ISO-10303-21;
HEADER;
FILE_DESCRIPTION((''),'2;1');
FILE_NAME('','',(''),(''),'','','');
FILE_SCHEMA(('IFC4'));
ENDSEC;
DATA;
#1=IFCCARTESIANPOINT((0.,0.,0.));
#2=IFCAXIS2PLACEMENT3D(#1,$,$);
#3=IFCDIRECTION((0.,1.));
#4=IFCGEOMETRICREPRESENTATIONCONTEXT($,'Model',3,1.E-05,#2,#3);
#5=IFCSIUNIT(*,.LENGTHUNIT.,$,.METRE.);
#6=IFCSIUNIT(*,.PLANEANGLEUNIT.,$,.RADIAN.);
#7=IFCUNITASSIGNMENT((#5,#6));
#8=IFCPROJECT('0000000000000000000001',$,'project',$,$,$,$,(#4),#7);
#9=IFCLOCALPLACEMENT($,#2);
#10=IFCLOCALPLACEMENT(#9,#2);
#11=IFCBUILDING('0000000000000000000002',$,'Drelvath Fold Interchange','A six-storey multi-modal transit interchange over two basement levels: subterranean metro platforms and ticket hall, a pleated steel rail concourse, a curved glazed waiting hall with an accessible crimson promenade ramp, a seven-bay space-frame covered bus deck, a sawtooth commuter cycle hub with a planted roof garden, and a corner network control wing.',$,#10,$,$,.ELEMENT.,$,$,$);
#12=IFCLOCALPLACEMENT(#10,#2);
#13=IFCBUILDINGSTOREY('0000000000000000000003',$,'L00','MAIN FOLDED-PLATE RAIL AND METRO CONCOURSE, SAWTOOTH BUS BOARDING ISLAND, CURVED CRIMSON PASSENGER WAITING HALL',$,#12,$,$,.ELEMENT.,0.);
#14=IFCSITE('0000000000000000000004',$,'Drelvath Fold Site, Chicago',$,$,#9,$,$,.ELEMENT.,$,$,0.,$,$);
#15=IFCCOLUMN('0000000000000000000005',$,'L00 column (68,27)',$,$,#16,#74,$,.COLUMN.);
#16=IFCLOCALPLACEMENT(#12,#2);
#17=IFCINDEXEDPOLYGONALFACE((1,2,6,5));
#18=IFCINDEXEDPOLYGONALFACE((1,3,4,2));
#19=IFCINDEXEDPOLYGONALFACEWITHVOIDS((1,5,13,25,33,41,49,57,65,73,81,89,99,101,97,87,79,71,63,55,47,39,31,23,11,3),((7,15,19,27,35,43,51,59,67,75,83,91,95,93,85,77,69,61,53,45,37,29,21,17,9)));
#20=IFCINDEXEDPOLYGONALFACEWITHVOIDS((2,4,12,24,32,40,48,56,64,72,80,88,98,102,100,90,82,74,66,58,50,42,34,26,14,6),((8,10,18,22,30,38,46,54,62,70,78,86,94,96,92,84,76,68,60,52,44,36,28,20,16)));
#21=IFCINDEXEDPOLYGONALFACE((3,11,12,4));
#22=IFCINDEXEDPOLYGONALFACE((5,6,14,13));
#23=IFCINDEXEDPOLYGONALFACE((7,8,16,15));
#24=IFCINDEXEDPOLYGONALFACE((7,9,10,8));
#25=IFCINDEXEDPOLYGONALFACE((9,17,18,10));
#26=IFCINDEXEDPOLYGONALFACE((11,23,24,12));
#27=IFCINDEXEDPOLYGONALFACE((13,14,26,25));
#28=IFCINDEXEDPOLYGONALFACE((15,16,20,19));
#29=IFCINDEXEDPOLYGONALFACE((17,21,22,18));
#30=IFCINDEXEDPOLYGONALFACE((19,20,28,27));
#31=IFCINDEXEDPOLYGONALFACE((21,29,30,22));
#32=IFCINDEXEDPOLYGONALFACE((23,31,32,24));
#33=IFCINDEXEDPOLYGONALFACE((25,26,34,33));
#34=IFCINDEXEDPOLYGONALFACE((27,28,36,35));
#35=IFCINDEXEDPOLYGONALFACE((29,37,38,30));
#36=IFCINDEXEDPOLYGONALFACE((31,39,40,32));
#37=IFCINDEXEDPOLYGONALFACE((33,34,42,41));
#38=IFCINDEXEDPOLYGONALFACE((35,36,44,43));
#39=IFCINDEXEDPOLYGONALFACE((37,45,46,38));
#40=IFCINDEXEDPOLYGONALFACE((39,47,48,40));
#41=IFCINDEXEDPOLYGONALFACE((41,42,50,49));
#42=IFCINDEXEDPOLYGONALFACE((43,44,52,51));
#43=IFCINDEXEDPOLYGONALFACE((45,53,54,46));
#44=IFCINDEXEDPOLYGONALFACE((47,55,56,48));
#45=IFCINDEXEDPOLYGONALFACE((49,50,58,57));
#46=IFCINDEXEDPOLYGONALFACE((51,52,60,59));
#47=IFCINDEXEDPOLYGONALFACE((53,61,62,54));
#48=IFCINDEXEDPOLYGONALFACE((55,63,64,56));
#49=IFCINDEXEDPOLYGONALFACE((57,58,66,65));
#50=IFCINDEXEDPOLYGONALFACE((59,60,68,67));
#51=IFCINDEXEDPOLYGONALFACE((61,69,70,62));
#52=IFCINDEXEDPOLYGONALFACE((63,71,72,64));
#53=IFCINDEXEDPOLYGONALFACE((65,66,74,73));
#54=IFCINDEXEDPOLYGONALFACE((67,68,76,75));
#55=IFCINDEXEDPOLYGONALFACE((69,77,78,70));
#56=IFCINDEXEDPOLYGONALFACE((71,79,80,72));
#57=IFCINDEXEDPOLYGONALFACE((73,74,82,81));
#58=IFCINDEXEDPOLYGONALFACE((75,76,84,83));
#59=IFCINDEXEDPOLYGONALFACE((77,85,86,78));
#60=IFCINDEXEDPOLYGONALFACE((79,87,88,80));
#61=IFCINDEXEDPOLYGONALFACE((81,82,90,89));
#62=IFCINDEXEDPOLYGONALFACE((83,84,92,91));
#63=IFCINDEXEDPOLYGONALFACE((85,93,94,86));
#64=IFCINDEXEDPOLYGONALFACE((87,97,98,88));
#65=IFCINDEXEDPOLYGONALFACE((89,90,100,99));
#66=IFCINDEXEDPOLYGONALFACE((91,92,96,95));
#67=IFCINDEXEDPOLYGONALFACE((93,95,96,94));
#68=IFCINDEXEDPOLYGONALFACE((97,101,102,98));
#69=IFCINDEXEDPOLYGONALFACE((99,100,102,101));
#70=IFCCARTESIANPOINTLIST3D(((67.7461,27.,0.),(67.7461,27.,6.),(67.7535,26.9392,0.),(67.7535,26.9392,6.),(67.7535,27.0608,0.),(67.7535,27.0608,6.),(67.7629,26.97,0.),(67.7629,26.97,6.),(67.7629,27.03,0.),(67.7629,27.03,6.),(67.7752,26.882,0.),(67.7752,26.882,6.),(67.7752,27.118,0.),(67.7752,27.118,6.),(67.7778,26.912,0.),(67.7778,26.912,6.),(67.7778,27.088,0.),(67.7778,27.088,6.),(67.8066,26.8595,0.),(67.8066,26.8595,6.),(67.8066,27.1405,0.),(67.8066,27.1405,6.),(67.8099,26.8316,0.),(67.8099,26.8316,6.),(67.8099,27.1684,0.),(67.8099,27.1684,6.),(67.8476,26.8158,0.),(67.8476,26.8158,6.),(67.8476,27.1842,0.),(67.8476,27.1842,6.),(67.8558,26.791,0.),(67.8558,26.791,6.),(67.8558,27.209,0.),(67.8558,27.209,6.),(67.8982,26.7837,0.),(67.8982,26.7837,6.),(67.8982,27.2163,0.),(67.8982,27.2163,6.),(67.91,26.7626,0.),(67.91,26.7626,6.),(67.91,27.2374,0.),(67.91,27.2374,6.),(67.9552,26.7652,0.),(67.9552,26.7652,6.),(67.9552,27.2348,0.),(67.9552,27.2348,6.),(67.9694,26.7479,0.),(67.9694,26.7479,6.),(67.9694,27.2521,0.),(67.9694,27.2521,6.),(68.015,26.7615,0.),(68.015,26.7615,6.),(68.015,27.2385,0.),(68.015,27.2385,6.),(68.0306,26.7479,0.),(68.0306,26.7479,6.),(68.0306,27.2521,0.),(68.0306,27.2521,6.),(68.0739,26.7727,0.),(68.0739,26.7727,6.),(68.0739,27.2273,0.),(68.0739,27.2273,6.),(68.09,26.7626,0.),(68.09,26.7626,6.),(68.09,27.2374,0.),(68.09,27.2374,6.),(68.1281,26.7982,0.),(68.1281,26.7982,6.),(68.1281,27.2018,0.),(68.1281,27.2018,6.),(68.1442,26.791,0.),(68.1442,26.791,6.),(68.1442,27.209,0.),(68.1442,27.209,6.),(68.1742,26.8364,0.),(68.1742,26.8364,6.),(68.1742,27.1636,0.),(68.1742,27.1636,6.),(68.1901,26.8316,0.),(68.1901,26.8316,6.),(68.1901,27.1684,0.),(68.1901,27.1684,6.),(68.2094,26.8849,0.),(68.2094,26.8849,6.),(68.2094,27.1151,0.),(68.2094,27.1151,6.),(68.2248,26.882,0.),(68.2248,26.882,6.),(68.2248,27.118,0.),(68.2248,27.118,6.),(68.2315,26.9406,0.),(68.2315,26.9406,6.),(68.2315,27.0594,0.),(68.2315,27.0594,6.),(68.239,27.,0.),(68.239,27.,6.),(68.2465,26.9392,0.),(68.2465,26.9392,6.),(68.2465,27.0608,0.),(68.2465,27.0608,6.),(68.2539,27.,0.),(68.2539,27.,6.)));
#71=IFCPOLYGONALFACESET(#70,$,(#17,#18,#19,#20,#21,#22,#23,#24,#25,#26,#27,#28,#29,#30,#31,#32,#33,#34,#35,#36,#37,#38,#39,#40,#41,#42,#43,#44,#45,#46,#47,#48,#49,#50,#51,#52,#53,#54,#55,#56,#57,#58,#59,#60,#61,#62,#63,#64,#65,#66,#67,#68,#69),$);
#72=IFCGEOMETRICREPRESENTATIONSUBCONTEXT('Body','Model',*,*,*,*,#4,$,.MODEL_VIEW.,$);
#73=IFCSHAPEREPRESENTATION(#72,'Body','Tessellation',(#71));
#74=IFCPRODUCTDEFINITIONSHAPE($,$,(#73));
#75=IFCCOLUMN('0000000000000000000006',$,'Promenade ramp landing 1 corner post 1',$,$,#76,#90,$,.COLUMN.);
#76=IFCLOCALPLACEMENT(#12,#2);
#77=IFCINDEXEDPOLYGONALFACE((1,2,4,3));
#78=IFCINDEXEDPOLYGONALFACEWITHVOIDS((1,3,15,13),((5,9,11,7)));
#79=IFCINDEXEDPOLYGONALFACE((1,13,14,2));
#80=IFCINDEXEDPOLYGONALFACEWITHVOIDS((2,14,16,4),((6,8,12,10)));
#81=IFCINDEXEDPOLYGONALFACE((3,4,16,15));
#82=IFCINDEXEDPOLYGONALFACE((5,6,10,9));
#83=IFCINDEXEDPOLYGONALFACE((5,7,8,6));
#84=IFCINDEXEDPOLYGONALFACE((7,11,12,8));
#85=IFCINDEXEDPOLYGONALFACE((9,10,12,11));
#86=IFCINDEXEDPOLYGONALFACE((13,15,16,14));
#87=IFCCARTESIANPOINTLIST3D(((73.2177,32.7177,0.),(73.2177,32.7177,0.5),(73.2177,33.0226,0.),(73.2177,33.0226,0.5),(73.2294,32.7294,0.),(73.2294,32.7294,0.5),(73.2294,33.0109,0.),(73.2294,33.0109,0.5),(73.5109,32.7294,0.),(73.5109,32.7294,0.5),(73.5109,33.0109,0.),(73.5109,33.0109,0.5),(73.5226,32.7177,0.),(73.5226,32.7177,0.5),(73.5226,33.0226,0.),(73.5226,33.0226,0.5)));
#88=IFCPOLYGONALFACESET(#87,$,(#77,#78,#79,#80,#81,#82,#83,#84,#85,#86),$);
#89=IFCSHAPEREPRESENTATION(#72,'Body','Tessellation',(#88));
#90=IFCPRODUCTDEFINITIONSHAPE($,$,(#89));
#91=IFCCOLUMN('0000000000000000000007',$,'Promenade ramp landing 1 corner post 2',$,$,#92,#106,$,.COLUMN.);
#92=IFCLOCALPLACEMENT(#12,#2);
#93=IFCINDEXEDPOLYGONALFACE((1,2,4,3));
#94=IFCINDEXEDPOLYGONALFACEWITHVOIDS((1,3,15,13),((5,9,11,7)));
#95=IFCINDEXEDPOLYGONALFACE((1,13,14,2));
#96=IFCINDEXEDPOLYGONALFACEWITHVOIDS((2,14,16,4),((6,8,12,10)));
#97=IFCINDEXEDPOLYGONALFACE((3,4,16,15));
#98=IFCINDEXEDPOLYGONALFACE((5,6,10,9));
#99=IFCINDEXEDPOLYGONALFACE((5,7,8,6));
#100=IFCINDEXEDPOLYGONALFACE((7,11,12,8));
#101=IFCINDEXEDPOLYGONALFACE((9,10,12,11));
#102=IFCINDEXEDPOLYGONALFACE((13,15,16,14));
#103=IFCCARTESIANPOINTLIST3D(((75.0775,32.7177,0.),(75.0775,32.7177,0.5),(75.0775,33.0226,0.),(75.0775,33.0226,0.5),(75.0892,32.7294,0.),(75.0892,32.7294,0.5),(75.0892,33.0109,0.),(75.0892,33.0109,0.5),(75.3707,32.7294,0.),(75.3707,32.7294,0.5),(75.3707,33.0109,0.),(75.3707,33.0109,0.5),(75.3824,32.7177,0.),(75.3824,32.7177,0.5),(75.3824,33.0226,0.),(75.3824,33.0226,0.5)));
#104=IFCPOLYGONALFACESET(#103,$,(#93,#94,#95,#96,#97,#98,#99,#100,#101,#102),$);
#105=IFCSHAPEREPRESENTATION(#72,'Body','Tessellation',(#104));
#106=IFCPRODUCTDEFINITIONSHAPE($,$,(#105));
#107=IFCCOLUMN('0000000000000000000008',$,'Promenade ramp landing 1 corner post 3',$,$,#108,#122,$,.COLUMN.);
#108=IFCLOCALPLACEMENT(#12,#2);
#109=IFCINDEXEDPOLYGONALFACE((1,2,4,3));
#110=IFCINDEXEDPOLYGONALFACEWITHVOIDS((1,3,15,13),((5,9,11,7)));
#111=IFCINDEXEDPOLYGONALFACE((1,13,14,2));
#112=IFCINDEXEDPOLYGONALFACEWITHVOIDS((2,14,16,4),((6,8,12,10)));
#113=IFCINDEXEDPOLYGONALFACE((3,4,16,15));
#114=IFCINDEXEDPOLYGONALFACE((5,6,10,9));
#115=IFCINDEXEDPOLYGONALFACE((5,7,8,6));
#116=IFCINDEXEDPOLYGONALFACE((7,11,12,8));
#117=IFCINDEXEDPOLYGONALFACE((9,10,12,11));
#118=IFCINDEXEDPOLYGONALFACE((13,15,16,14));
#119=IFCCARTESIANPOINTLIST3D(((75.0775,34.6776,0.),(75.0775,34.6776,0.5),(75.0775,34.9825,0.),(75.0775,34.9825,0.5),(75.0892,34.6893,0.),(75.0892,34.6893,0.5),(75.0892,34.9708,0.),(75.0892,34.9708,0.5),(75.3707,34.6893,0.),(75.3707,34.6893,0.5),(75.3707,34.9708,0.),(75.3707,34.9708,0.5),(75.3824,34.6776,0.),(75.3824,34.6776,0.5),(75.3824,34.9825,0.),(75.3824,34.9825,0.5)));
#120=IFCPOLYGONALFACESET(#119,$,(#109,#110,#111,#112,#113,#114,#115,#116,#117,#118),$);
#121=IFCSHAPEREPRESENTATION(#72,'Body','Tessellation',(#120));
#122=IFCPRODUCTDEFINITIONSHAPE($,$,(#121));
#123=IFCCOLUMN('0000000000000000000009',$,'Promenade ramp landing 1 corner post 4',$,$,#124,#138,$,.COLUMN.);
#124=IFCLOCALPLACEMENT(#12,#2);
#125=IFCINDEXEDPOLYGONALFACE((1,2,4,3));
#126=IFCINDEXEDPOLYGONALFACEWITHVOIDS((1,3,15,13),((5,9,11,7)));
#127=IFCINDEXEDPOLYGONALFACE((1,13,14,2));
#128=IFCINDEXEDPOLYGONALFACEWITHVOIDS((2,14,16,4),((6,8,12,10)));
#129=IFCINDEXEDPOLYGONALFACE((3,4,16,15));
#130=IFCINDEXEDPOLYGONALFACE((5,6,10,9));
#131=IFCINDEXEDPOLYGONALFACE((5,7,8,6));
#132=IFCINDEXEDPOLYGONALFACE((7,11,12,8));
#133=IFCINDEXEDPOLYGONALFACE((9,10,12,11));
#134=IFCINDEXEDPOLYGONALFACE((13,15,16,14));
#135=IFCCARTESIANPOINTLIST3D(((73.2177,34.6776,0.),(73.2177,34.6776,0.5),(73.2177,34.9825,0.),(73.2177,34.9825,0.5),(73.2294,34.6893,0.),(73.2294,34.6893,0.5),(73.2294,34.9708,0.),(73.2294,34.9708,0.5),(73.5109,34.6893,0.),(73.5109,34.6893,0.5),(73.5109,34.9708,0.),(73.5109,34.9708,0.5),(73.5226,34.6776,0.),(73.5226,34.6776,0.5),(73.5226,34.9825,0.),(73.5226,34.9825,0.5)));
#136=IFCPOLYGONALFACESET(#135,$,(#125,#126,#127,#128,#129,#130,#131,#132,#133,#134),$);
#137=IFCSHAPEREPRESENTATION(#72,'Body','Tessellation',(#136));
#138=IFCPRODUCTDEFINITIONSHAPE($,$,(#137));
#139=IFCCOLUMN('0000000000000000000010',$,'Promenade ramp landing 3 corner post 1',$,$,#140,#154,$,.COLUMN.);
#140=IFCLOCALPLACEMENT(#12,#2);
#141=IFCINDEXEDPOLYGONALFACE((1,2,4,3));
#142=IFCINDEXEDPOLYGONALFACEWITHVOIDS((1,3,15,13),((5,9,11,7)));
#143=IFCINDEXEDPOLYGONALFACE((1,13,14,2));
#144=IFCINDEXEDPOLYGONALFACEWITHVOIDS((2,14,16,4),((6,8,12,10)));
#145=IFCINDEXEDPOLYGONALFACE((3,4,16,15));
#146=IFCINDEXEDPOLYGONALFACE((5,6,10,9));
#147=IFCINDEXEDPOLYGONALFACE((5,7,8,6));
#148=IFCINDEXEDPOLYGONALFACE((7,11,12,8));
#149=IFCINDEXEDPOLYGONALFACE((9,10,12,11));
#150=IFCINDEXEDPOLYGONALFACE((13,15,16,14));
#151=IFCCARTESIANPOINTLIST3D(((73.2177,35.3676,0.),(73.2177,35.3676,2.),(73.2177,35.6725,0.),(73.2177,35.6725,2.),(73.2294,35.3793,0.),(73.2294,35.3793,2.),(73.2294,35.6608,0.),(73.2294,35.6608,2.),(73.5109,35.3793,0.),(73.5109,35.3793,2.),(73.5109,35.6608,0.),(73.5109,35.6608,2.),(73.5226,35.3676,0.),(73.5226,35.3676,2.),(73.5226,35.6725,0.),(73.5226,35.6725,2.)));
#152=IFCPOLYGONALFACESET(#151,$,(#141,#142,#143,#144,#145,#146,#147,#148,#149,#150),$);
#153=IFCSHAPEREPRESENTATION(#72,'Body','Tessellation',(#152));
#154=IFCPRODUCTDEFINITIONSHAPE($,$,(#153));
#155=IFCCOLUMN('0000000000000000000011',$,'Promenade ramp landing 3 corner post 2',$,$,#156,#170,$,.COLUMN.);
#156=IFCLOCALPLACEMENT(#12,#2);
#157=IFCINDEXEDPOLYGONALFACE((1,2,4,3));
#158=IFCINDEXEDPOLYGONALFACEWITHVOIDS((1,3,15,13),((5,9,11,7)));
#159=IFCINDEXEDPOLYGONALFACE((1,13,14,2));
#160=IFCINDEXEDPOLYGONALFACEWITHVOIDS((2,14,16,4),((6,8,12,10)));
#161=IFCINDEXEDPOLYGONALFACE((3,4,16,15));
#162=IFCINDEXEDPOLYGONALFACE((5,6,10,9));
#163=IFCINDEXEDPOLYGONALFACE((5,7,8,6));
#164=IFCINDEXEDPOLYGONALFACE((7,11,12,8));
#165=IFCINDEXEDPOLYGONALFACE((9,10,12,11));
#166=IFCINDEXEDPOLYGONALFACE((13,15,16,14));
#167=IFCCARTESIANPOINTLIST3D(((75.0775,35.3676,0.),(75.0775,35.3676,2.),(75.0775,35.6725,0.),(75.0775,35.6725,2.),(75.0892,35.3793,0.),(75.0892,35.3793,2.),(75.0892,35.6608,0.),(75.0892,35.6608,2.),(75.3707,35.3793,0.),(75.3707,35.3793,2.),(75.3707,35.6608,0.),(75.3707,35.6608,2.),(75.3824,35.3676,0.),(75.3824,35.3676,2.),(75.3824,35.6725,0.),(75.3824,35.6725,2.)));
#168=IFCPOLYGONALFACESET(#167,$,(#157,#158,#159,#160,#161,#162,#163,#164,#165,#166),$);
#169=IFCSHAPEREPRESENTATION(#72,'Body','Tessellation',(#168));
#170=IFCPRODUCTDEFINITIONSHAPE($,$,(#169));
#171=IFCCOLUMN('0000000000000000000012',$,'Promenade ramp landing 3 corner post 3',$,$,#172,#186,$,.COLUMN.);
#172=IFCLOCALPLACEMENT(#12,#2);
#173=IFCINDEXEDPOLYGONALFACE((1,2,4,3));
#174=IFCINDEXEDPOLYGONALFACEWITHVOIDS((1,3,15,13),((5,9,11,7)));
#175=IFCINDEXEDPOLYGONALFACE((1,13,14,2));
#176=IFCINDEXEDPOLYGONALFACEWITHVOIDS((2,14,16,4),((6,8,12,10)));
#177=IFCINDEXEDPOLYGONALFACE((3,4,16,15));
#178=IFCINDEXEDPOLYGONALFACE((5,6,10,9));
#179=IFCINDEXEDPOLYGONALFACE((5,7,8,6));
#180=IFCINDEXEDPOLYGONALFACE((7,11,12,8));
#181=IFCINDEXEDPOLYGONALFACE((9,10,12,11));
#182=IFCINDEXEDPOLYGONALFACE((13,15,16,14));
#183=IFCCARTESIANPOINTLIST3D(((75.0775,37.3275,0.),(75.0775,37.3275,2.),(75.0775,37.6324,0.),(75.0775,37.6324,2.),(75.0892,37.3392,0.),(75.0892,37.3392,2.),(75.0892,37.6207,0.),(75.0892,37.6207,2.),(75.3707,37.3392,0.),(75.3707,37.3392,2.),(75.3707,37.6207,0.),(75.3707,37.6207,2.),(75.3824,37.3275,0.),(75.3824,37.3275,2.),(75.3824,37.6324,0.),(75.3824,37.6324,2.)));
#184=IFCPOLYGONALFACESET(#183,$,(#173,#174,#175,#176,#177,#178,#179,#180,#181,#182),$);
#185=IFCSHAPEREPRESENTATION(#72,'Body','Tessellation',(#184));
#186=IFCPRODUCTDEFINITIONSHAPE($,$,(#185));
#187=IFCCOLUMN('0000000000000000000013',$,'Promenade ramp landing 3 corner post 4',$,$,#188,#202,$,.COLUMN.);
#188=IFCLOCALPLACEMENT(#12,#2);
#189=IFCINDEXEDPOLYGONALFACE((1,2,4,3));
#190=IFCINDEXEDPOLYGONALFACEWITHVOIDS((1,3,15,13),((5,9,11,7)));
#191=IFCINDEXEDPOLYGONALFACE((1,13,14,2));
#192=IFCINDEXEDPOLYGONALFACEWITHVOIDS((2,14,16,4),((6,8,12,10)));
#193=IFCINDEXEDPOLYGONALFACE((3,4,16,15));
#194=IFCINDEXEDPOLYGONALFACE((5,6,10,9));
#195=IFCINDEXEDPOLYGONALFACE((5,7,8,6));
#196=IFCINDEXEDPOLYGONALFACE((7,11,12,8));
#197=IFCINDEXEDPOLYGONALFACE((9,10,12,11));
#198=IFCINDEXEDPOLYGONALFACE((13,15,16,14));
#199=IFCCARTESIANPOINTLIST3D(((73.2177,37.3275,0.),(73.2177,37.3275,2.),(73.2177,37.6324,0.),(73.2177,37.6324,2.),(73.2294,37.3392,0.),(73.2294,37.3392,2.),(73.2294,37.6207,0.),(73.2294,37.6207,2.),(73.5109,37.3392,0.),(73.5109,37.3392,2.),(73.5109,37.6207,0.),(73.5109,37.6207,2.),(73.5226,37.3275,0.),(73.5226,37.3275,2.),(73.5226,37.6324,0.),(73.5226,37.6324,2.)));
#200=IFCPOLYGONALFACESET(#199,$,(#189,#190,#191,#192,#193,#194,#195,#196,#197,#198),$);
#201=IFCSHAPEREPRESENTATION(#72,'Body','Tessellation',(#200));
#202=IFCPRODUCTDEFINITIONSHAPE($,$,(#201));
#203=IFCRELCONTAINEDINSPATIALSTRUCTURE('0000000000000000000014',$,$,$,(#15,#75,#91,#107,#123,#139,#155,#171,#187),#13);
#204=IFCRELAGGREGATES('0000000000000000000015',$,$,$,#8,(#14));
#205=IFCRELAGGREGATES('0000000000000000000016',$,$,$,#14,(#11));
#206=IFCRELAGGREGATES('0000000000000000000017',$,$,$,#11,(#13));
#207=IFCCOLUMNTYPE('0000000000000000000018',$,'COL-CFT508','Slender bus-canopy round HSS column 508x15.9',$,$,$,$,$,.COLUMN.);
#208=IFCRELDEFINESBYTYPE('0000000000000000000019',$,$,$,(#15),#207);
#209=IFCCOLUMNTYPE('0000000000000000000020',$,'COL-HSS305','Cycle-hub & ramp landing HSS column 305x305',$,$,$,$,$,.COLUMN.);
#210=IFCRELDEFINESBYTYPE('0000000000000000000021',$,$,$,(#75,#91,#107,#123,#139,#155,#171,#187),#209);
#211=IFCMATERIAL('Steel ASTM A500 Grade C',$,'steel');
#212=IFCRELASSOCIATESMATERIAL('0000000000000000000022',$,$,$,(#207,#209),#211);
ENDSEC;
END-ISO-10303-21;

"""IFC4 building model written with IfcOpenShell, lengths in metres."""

from ifc_helpers import new_model, si_unit, direction, frame, origin, origin_2d, place, context, subcontext, project, spatial, hollow_rectangle, hollow_circle, extrude, material, material_profile, profile_set, type_object, element, save


model = new_model("IFC4")

# Units and contexts
model_context = context("Model", 3, precision=1e-05, world=origin(), true_north=direction((0.0, 1.0)))
body_context = subcontext(model_context, "Body", "Model", "MODEL_VIEW")
ifc_project = project(units=[si_unit("LENGTHUNIT", "METRE"), si_unit("PLANEANGLEUNIT", "RADIAN")], contexts=[model_context])

# Site, building, storey
site_placement = place(None, origin())
site = spatial("IfcSite", under=ifc_project, at=site_placement, Name="Drelvath Fold Site, Chicago", CompositionType="ELEMENT", RefElevation=0.0)
building_placement = place(site_placement, origin())
building = spatial("IfcBuilding", under=site, at=building_placement, Name="Drelvath Fold Interchange", Description="A six-storey multi-modal transit interchange over two basement levels: subterranean metro platforms and ticket hall, a pleated steel rail concourse, a curved glazed waiting hall with an accessible crimson promenade ramp, a seven-bay space-frame covered bus deck, a sawtooth commuter cycle hub with a planted roof garden, and a corner network control wing.", CompositionType="ELEMENT")
storey_placement = place(building_placement, origin())
storey = spatial("IfcBuildingStorey", under=building, at=storey_placement, Name="L00", Description="MAIN FOLDED-PLATE RAIL AND METRO CONCOURSE, SAWTOOTH BUS BOARDING ISLAND, CURVED CRIMSON PASSENGER WAITING HALL", CompositionType="ELEMENT", Elevation=0.0)

# Columns
ifc_material_1 = material(Name="Steel ASTM A500 Grade C", Category="steel")
ifc_material_profile_1 = material_profile(ifc_material_1, hollow_circle(Radius=0.2539, WallThickness=0.0149, at=origin_2d()), Name="HSS20.000X0.625")
ifc_profile_set_1 = profile_set([ifc_material_profile_1], Name="Steel ASTM A500 Grade C")
column_type_1 = type_object("IfcColumnType", Name="COL-CFT508", Description="Slender bus-canopy round HSS column 508x15.9", PredefinedType="COLUMN", material=ifc_profile_set_1)
column_placement = place(storey_placement, frame((68.0, 27.0, 0.0), z_axis=(0.0, 0.0, 1.0), x_axis=(1.0, 0.0, 0.0)))
element("IfcColumn", 1, at=column_placement, inside=storey, type_object=column_type_1, Name="L00 column (68,27)", PredefinedType="COLUMN", context=body_context, shape_type="SweptSolid", body=[
    extrude(hollow_circle(Radius=0.2539, WallThickness=0.0149, at=origin_2d()), origin(), (0.0, 0.0, 1.0), 6.0),
])
ifc_material_profile_2 = material_profile(ifc_material_1, hollow_rectangle(XDim=0.3049, YDim=0.3049, WallThickness=0.0117, at=origin_2d()), Name="HSS12X12X1/2")
ifc_profile_set_2 = profile_set([ifc_material_profile_2], Name="Steel ASTM A500 Grade C")
column_type_2 = type_object("IfcColumnType", Name="COL-HSS305", Description="Cycle-hub & ramp landing HSS column 305x305", PredefinedType="COLUMN", material=ifc_profile_set_2)
for number, where, z_axis, x_axis, name in (
    (2, (73.3701, 32.8701, 0.0), (0.0, 0.0, 1.0), (1.0, 0.0, 0.0), "Promenade ramp landing 1 corner post 1"),
    (3, (75.23, 32.8701, 0.0), (0.0, 0.0, 1.0), (1.0, 0.0, 0.0), "Promenade ramp landing 1 corner post 2"),
    (4, (75.23, 34.8301, 0.0), (0.0, 0.0, 1.0), (1.0, 0.0, 0.0), "Promenade ramp landing 1 corner post 3"),
    (5, (73.3701, 34.8301, 0.0), (0.0, 0.0, 1.0), (1.0, 0.0, 0.0), "Promenade ramp landing 1 corner post 4"),
):
    element("IfcColumn", number, at=place(storey_placement, frame(where, z_axis=z_axis, x_axis=x_axis)), inside=storey, type_object=column_type_2, Name=name, PredefinedType="COLUMN", context=body_context, shape_type="SweptSolid", body=[
        extrude(hollow_rectangle(XDim=0.3049, YDim=0.3049, WallThickness=0.0117, at=origin_2d()), origin(), (0.0, 0.0, 1.0), 0.5),
    ])
for number, where, z_axis, x_axis, name in (
    (6, (73.3701, 35.52, 0.0), (0.0, 0.0, 1.0), (1.0, 0.0, 0.0), "Promenade ramp landing 3 corner post 1"),
    (7, (75.23, 35.52, 0.0), (0.0, 0.0, 1.0), (1.0, 0.0, 0.0), "Promenade ramp landing 3 corner post 2"),
    (8, (75.23, 37.48, 0.0), (0.0, 0.0, 1.0), (1.0, 0.0, 0.0), "Promenade ramp landing 3 corner post 3"),
    (9, (73.3701, 37.48, 0.0), (0.0, 0.0, 1.0), (1.0, 0.0, 0.0), "Promenade ramp landing 3 corner post 4"),
):
    element("IfcColumn", number, at=place(storey_placement, frame(where, z_axis=z_axis, x_axis=x_axis)), inside=storey, type_object=column_type_2, Name=name, PredefinedType="COLUMN", context=body_context, shape_type="SweptSolid", body=[
        extrude(hollow_rectangle(XDim=0.3049, YDim=0.3049, WallThickness=0.0117, at=origin_2d()), origin(), (0.0, 0.0, 1.0), 2.0),
    ])

save(model, "model.ifc")
